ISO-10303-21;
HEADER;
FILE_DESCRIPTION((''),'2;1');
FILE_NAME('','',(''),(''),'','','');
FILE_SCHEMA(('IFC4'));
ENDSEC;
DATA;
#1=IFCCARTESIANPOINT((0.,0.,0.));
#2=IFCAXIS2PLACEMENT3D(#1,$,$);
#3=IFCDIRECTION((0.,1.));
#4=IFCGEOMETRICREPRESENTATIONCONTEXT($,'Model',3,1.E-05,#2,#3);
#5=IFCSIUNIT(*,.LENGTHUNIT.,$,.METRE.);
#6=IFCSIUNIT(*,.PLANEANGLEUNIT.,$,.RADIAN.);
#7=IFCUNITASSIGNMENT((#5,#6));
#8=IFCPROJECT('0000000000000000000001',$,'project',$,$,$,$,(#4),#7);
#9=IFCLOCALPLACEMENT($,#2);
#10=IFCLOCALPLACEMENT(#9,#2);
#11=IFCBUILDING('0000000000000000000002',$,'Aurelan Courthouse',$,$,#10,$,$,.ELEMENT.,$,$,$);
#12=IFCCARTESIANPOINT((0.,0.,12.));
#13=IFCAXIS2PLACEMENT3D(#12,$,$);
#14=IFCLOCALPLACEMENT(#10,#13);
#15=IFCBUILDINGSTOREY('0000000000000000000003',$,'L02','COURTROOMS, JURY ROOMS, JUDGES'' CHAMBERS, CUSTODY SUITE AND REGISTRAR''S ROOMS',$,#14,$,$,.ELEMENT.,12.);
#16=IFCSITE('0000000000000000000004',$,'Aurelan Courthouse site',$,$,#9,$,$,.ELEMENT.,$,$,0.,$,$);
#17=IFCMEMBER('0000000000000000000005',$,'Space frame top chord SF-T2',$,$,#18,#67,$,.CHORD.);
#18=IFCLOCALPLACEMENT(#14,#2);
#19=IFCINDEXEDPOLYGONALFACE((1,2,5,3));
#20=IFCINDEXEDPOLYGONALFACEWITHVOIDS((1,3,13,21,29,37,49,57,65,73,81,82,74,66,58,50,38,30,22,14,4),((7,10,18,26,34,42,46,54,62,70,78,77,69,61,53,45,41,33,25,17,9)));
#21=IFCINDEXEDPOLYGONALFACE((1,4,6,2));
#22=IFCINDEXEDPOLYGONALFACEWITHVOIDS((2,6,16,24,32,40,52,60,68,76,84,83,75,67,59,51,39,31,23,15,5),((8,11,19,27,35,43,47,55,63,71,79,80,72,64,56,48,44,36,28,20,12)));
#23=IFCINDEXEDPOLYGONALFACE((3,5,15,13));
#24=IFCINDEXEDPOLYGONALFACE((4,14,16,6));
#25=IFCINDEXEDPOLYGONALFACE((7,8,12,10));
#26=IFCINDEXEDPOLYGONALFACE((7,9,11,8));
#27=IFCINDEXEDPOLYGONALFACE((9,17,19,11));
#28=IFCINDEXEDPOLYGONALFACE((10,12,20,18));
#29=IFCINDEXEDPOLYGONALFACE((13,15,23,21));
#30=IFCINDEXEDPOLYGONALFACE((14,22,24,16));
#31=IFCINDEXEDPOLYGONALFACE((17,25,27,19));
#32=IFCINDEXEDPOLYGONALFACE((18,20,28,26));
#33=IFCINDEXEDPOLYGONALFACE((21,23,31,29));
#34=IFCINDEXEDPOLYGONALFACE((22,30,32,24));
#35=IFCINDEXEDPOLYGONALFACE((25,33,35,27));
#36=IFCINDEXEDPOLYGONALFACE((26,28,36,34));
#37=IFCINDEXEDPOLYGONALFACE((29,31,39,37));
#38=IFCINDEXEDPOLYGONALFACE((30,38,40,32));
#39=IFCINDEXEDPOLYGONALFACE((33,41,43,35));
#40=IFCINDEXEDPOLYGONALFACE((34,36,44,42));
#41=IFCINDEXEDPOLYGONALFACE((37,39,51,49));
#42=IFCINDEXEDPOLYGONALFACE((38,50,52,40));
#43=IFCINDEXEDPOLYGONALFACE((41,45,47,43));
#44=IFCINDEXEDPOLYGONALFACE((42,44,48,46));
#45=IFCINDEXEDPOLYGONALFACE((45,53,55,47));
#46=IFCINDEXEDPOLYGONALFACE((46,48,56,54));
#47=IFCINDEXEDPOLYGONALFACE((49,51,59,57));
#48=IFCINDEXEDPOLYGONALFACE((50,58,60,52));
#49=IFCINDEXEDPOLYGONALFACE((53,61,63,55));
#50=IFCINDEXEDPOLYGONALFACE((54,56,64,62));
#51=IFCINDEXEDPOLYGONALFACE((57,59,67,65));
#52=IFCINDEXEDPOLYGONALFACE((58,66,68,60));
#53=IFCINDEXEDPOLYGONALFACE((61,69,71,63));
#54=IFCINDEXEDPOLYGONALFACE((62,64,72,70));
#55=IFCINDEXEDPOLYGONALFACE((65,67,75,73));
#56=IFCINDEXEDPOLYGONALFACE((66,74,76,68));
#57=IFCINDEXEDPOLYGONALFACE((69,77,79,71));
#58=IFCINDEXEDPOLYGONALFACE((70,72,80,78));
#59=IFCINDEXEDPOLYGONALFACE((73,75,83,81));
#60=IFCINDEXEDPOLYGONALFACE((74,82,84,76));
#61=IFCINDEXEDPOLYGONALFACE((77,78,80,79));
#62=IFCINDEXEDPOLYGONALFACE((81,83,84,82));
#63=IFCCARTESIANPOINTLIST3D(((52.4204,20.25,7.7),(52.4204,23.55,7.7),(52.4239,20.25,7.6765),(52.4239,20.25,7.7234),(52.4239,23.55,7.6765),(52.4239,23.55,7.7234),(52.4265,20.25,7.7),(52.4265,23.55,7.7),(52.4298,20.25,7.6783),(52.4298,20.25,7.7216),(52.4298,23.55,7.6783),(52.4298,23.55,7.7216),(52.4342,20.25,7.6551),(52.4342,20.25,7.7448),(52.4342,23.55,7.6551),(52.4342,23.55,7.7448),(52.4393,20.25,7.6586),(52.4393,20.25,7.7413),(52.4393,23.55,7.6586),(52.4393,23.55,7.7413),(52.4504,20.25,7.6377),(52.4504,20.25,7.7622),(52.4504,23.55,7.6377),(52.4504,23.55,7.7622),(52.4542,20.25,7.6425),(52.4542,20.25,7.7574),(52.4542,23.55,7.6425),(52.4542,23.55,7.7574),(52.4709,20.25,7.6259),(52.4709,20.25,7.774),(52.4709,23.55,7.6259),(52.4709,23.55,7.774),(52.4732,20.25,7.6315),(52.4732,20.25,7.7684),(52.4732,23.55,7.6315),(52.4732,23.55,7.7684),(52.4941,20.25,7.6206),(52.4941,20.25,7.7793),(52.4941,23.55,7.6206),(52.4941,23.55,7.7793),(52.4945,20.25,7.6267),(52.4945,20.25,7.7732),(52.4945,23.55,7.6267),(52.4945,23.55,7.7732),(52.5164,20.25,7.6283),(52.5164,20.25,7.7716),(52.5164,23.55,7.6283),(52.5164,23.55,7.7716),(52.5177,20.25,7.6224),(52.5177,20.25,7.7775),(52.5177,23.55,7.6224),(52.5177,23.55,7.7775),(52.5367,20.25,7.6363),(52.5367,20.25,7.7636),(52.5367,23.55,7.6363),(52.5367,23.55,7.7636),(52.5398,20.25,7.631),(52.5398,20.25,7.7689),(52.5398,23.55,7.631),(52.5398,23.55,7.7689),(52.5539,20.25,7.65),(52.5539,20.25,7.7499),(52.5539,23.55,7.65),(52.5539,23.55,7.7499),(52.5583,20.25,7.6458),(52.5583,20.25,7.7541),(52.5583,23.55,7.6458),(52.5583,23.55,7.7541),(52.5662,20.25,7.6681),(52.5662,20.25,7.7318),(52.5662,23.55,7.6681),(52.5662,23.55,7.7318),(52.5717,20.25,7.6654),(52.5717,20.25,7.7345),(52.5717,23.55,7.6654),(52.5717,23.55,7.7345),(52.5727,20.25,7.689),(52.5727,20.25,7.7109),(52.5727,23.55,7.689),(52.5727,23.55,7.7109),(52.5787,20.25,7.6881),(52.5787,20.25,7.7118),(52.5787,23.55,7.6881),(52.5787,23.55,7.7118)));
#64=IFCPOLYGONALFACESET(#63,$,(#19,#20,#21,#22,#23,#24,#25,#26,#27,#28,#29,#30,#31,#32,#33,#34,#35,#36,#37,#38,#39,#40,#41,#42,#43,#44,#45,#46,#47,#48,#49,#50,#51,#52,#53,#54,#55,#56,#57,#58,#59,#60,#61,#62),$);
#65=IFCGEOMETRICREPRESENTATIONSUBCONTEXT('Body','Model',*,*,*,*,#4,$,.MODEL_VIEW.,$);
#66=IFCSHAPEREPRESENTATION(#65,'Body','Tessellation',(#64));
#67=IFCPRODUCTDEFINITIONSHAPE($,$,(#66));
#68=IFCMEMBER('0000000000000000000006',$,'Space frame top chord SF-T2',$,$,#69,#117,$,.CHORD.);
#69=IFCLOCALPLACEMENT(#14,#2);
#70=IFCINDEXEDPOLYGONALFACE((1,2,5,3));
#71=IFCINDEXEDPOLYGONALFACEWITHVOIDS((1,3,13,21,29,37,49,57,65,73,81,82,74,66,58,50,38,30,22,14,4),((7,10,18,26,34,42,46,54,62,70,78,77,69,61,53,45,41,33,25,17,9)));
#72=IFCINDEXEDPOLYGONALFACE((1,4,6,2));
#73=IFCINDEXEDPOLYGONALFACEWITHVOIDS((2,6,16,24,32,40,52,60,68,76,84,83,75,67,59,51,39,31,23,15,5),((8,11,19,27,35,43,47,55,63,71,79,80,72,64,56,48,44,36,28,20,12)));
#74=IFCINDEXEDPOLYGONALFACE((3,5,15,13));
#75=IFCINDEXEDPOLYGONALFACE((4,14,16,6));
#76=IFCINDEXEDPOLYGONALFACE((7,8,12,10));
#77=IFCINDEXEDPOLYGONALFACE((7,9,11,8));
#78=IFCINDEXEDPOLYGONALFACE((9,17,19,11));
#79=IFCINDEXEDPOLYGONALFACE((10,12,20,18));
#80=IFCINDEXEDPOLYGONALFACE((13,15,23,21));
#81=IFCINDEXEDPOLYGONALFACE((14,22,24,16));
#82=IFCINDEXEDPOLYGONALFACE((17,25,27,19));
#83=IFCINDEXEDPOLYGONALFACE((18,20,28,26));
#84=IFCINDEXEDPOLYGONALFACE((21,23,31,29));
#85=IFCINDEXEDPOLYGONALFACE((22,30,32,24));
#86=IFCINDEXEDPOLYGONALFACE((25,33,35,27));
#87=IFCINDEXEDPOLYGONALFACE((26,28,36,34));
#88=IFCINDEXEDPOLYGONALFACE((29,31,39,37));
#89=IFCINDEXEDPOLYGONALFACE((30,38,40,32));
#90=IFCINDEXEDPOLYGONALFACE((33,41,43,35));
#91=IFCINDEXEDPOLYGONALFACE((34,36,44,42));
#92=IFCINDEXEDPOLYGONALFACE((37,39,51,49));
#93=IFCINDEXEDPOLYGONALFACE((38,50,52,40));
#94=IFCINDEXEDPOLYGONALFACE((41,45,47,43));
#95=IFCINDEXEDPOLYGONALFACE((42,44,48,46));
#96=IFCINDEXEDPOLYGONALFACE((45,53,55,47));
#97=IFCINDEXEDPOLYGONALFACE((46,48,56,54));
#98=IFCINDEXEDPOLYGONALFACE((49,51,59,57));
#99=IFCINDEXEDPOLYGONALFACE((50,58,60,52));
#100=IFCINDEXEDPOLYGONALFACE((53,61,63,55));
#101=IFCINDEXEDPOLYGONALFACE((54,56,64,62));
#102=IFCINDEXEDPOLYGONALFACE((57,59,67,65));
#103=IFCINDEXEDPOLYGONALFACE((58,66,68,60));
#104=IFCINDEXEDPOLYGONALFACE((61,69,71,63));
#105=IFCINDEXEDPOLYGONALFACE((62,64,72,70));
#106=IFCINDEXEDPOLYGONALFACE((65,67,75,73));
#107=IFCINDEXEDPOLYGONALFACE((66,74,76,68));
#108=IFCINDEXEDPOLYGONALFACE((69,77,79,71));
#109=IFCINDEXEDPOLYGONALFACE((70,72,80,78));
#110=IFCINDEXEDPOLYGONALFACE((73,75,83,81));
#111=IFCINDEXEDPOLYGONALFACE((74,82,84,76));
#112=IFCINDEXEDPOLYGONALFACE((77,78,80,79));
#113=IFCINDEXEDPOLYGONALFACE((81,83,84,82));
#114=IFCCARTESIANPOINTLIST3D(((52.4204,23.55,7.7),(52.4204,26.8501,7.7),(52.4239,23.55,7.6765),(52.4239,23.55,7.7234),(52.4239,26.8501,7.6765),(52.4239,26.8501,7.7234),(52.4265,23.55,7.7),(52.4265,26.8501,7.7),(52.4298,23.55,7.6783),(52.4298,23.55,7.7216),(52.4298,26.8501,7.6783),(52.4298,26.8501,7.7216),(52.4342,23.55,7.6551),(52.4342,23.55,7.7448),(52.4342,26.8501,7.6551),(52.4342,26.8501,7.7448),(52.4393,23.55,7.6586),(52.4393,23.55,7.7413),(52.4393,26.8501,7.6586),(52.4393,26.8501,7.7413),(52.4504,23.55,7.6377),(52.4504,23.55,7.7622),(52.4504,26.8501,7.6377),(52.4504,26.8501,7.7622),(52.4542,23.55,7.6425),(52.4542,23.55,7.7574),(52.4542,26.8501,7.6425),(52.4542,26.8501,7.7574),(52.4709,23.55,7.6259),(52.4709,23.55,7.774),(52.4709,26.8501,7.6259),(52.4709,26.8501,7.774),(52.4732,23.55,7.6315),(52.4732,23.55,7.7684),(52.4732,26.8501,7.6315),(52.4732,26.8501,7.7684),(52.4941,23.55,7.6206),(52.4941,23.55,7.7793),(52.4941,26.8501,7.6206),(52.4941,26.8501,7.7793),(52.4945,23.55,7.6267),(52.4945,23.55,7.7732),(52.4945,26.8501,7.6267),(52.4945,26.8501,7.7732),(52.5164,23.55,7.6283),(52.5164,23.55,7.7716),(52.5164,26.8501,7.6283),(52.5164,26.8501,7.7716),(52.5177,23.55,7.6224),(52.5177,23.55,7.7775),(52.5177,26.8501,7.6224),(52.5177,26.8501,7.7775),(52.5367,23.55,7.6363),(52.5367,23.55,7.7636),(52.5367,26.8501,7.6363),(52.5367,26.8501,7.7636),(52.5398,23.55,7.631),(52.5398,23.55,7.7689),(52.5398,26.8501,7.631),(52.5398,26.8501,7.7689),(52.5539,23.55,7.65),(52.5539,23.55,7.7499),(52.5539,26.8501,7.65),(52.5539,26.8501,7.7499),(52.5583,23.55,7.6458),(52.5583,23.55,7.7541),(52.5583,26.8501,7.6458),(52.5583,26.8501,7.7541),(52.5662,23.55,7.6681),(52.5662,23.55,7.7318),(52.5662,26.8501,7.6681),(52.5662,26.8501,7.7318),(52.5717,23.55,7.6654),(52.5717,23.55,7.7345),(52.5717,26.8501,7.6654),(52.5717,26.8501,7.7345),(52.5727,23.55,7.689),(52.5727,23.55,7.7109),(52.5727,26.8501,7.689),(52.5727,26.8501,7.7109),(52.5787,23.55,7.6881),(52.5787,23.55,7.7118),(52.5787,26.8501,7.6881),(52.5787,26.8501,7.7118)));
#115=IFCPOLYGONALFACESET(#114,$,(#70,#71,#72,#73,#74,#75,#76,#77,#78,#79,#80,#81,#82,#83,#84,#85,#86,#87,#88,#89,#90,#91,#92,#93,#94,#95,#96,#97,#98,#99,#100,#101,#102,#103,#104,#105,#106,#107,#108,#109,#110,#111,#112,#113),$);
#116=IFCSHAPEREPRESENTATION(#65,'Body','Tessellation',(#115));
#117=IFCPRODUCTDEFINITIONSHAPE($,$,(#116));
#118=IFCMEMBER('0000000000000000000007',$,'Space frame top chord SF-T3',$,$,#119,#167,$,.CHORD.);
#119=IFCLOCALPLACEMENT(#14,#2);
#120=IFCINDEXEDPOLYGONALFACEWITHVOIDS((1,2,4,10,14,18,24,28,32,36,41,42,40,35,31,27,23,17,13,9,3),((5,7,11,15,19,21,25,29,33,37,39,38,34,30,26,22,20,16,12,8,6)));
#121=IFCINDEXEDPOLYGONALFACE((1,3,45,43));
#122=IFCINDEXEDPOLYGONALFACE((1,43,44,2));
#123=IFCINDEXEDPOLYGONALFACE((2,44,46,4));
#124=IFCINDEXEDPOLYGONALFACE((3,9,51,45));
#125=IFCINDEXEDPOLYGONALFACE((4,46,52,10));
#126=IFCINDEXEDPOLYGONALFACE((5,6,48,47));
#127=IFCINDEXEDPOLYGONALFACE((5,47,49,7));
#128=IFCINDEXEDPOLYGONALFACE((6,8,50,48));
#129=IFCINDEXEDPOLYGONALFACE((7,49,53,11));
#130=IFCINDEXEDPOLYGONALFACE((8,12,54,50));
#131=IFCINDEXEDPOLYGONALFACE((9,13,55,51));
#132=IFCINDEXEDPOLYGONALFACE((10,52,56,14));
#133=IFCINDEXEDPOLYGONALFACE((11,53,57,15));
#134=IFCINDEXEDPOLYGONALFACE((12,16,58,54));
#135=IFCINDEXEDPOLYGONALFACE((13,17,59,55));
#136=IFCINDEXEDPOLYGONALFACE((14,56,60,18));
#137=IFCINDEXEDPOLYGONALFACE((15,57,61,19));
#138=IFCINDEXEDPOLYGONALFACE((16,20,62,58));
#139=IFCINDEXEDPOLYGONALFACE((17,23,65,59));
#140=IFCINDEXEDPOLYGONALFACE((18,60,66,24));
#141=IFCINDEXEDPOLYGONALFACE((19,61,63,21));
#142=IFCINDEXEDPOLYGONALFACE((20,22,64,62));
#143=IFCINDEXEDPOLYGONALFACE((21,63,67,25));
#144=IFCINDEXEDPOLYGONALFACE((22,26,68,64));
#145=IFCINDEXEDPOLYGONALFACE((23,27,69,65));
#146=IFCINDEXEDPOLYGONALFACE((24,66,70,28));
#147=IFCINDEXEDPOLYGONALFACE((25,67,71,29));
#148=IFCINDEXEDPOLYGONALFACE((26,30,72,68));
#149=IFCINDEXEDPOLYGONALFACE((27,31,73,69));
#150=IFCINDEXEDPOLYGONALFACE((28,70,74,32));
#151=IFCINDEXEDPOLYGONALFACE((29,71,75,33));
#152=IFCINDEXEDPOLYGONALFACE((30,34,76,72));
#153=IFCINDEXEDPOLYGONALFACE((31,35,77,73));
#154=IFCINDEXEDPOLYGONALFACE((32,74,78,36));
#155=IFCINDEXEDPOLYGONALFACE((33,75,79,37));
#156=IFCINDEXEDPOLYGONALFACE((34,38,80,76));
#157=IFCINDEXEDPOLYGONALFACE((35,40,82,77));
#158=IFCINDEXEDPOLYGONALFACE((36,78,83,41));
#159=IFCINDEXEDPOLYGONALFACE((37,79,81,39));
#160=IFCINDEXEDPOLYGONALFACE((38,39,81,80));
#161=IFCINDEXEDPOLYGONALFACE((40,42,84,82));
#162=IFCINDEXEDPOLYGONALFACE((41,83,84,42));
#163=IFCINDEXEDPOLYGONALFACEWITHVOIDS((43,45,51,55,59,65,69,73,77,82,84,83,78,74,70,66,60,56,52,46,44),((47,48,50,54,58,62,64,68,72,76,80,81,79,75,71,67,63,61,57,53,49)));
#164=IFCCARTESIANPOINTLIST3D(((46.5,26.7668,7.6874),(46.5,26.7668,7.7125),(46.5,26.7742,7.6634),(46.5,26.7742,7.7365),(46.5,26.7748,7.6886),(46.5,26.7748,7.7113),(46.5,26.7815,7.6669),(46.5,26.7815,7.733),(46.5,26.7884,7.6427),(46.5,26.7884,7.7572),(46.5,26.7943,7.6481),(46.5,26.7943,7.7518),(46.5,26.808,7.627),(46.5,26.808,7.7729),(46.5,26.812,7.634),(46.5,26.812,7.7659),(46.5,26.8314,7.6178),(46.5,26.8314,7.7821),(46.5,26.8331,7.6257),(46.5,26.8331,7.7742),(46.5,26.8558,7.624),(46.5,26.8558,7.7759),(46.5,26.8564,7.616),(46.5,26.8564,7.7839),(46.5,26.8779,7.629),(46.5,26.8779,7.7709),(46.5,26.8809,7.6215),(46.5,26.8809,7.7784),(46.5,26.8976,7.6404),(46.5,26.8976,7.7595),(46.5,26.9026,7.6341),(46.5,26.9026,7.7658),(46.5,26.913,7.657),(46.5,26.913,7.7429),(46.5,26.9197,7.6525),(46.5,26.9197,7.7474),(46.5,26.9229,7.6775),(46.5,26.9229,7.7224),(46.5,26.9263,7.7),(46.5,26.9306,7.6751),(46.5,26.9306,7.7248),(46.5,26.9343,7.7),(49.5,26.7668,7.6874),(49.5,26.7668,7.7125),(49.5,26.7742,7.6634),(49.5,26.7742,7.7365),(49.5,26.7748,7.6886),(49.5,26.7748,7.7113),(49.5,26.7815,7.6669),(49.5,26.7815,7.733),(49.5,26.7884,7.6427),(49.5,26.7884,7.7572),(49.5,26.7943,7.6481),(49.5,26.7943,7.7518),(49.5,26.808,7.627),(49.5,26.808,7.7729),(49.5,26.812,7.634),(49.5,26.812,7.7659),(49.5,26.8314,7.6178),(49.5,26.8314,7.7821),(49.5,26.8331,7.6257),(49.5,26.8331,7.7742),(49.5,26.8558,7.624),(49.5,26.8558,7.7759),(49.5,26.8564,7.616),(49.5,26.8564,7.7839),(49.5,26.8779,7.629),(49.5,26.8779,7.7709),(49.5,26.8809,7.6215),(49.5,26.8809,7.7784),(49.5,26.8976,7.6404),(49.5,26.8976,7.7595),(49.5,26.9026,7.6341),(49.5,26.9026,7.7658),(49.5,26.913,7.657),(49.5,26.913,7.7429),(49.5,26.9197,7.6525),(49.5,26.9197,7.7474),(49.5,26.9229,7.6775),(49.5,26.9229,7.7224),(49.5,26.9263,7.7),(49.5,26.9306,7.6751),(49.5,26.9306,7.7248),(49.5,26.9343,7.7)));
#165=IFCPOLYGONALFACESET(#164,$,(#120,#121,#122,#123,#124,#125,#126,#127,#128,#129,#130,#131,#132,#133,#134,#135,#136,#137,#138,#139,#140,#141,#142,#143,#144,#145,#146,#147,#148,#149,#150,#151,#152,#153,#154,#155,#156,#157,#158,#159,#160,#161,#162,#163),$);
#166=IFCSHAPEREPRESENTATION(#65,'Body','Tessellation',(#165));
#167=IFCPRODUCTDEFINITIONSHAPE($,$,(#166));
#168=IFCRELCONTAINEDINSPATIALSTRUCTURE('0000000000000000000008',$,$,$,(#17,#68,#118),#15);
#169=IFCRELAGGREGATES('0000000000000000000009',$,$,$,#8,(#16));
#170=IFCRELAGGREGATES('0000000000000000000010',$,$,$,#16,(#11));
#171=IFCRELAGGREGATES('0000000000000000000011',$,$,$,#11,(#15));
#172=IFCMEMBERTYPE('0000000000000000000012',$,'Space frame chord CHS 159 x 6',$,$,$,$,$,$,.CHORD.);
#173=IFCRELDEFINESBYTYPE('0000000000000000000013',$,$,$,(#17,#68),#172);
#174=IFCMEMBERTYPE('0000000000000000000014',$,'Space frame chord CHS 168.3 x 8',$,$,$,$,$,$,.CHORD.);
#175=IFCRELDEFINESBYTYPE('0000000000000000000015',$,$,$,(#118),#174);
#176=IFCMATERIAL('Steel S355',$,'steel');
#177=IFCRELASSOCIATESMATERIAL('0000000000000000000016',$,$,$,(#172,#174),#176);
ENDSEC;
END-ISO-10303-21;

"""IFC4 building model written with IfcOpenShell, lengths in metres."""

from ifc_helpers import new_model, si_unit, direction, frame, origin, origin_2d, place, context, subcontext, project, spatial, hollow_circle, extrude, material, material_profile, profile_set, type_object, element, save


model = new_model("IFC4")

# Units and contexts
model_context = context("Model", 3, precision=1e-05, world=origin(), true_north=direction((0.0, 1.0)))
body_context = subcontext(model_context, "Body", "Model", "MODEL_VIEW")
ifc_project = project(units=[si_unit("LENGTHUNIT", "METRE"), si_unit("PLANEANGLEUNIT", "RADIAN")], contexts=[model_context])

# Site, building, storey
site_placement = place(None, origin())
site = spatial("IfcSite", under=ifc_project, at=site_placement, Name="Aurelan Courthouse site", CompositionType="ELEMENT", RefElevation=0.0)
building_placement = place(site_placement, origin())
building = spatial("IfcBuilding", under=site, at=building_placement, Name="Aurelan Courthouse", CompositionType="ELEMENT")
storey_placement = place(building_placement, frame((0.0, 0.0, 12.0)))
storey = spatial("IfcBuildingStorey", under=building, at=storey_placement, Name="L02", Description="COURTROOMS, JURY ROOMS, JUDGES' CHAMBERS, CUSTODY SUITE AND REGISTRAR'S ROOMS", CompositionType="ELEMENT", Elevation=12.0)

# Members
ifc_material_1 = material(Name="Steel S355", Category="steel")
ifc_material_profile_1 = material_profile(ifc_material_1, hollow_circle(Radius=0.0796, WallThickness=0.0061, at=origin_2d()), Name="CHS 159 x 6")
ifc_profile_set_1 = profile_set([ifc_material_profile_1], Name="Steel S355")
member_type_1 = type_object("IfcMemberType", Name="Space frame chord CHS 159 x 6", PredefinedType="CHORD", material=ifc_profile_set_1)
for number, where, z_axis, x_axis, name in (
    (1, (52.5, 20.25, 7.7), (0.0, 1.0, 0.0), (-1.0, 0.0, 0.0), "Space frame top chord SF-T2"),
    (2, (52.5, 23.55, 7.7), (0.0, 1.0, 0.0), (-1.0, 0.0, 0.0), "Space frame top chord SF-T2"),
):
    element("IfcMember", number, at=place(storey_placement, frame(where, z_axis=z_axis, x_axis=x_axis)), inside=storey, type_object=member_type_1, Name=name, PredefinedType="CHORD", context=body_context, shape_type="SweptSolid", body=[
        extrude(hollow_circle(Radius=0.0796, WallThickness=0.0061, at=origin_2d()), origin(), (0.0, 0.0, 1.0), 3.3),
    ])
ifc_material_profile_2 = material_profile(ifc_material_1, hollow_circle(Radius=0.0842, WallThickness=0.0081, at=origin_2d()), Name="CHS 168.3 x 8")
ifc_profile_set_2 = profile_set([ifc_material_profile_2], Name="Steel S355")
member_type_2 = type_object("IfcMemberType", Name="Space frame chord CHS 168.3 x 8", PredefinedType="CHORD", material=ifc_profile_set_2)
for number, where, z_axis, x_axis, name in (
    (3, (46.5, 26.8501, 7.7), (1.0, 0.0, 0.0), (0.0, 1.0, 0.0), "Space frame top chord SF-T3"),
):
    element("IfcMember", number, at=place(storey_placement, frame(where, z_axis=z_axis, x_axis=x_axis)), inside=storey, type_object=member_type_2, Name=name, PredefinedType="CHORD", context=body_context, shape_type="SweptSolid", body=[
        extrude(hollow_circle(Radius=0.0842, WallThickness=0.0081, at=origin_2d()), origin(), (0.0, 0.0, 1.0), 3.0),
    ])

save(model, "model.ifc")
